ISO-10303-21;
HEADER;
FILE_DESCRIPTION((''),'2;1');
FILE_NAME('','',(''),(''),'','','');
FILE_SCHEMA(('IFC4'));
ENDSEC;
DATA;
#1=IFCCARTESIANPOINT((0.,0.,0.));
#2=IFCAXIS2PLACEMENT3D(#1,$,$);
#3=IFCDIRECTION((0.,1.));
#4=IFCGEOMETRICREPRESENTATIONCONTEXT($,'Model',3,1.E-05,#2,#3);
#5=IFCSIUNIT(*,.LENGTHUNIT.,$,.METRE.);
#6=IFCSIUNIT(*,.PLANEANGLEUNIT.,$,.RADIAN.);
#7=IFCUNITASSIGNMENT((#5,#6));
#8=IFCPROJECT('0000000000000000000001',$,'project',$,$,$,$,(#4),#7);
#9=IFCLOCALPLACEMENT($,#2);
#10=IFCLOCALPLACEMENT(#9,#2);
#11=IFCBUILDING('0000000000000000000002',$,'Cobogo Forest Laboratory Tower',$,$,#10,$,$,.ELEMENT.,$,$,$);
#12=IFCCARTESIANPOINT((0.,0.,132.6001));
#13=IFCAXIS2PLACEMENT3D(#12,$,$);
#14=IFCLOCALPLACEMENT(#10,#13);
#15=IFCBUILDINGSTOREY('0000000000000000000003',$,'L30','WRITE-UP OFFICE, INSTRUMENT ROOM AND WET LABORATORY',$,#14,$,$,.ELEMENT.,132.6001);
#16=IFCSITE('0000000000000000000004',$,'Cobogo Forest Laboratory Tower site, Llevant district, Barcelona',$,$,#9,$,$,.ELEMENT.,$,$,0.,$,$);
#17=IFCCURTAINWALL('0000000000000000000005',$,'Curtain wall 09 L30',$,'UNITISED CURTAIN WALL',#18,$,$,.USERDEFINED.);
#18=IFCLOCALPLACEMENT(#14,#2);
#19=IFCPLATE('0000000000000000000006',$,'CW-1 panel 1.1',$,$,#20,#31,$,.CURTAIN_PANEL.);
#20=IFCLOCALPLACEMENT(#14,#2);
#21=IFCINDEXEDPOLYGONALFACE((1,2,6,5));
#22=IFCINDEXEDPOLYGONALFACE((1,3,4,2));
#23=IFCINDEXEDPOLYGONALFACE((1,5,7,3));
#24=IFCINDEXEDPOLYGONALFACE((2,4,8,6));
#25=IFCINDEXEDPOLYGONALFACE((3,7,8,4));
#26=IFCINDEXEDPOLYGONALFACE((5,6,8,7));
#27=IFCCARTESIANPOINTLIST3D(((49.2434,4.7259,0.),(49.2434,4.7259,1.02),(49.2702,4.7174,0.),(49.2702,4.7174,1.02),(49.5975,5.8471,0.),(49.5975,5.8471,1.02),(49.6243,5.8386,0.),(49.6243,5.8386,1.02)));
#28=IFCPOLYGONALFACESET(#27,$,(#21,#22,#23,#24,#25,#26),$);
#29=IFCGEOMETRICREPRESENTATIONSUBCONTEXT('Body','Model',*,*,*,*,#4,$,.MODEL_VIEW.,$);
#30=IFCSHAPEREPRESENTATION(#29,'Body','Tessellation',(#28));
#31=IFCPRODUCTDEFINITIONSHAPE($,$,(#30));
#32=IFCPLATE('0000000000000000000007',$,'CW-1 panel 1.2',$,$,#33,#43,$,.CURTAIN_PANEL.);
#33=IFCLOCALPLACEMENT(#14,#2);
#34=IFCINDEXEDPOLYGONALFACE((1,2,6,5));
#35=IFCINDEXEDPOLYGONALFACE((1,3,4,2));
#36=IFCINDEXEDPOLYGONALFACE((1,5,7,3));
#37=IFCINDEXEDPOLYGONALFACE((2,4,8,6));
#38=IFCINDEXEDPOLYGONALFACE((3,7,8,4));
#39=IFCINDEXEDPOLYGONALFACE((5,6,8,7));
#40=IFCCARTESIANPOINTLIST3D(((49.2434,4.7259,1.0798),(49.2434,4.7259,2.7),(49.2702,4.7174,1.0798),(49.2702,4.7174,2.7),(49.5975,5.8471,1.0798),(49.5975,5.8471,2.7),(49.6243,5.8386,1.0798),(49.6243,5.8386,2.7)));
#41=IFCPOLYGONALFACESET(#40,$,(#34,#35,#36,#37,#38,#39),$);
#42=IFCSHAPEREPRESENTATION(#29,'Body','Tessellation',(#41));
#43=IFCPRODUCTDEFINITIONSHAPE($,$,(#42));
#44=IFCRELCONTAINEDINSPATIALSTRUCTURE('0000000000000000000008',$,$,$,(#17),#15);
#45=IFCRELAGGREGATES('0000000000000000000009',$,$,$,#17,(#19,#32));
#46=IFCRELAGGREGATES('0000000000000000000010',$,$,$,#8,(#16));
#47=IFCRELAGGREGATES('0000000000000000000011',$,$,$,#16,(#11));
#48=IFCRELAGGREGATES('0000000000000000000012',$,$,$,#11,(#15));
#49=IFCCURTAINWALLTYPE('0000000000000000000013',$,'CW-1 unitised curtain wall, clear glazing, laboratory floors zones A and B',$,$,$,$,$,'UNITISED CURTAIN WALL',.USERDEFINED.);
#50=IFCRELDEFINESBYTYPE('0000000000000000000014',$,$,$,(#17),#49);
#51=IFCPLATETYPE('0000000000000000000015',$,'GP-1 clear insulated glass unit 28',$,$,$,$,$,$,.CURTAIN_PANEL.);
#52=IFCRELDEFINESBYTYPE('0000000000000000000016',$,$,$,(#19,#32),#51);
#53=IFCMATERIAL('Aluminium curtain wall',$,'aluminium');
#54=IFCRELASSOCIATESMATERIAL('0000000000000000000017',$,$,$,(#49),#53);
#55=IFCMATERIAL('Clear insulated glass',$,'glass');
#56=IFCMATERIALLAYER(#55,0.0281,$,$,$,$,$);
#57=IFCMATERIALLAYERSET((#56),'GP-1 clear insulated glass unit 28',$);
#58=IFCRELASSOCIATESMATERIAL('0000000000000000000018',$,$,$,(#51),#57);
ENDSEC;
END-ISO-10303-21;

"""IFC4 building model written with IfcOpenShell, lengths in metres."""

from ifc_helpers import new_model, si_unit, direction, frame, origin, origin_2d, place, context, subcontext, project, spatial, rectangle, extrude, material, layer, layer_set, type_object, element, aggregate, save


model = new_model("IFC4")

# Units and contexts
model_context = context("Model", 3, precision=1e-05, world=origin(), true_north=direction((0.0, 1.0)))
body_context = subcontext(model_context, "Body", "Model", "MODEL_VIEW")
ifc_project = project(units=[si_unit("LENGTHUNIT", "METRE"), si_unit("PLANEANGLEUNIT", "RADIAN")], contexts=[model_context])

# Site, building, storey
site_placement = place(None, origin())
site = spatial("IfcSite", under=ifc_project, at=site_placement, Name="Cobogo Forest Laboratory Tower site, Llevant district, Barcelona", CompositionType="ELEMENT", RefElevation=0.0)
building_placement = place(site_placement, origin())
building = spatial("IfcBuilding", under=site, at=building_placement, Name="Cobogo Forest Laboratory Tower", CompositionType="ELEMENT")
storey_placement = place(building_placement, frame((0.0, 0.0, 132.6001)))
storey = spatial("IfcBuildingStorey", under=building, at=storey_placement, Name="L30", Description="WRITE-UP OFFICE, INSTRUMENT ROOM AND WET LABORATORY", CompositionType="ELEMENT", Elevation=132.6001)

# Curtain wall
ifc_material_1 = material(Name="Aluminium curtain wall", Category="aluminium")
curtain_wall_type = type_object("IfcCurtainWallType", Name="CW-1 unitised curtain wall, clear glazing, laboratory floors zones A and B", ElementType="UNITISED CURTAIN WALL", PredefinedType="USERDEFINED", material=ifc_material_1)
curtain_wall_1_placement = place(storey_placement, origin())
curtain_wall_1 = element("IfcCurtainWall", 1, at=curtain_wall_1_placement, inside=storey, type_object=curtain_wall_type, Name="Curtain wall 09 L30", ObjectType="UNITISED CURTAIN WALL", PredefinedType="USERDEFINED")

# Plates
ifc_material_2 = material(Name="Clear insulated glass", Category="glass")
ifc_layer = layer(ifc_material_2, 0.0281)
ifc_layer_set = layer_set([ifc_layer], Name="GP-1 clear insulated glass unit 28")
plate_type = type_object("IfcPlateType", Name="GP-1 clear insulated glass unit 28", PredefinedType="CURTAIN_PANEL", material=ifc_layer_set)
plate_1_placement = place(storey_placement, frame((49.4338, 5.2822, 0.0), z_axis=(0.0, 0.0, 1.0), x_axis=(0.301135, 0.953581, 0.0)))
plate_1 = element("IfcPlate", 2, at=plate_1_placement, type_object=plate_type, Name="CW-1 panel 1.1", PredefinedType="CURTAIN_PANEL", context=body_context, shape_type="SweptSolid", body=[
    extrude(rectangle(XDim=1.1758, YDim=0.0281, at=origin_2d()), origin(), (0.0, 0.0, 1.0), 1.02),
])
plate_2_placement = place(storey_placement, frame((49.4338, 5.2822, 1.0798), z_axis=(0.0, 0.0, 1.0), x_axis=(0.301135, 0.953581, 0.0)))
plate_2 = element("IfcPlate", 3, at=plate_2_placement, type_object=plate_type, Name="CW-1 panel 1.2", PredefinedType="CURTAIN_PANEL", context=body_context, shape_type="SweptSolid", body=[
    extrude(rectangle(XDim=1.1758, YDim=0.0281, at=origin_2d()), origin(), (0.0, 0.0, 1.0), 1.6201),
])
aggregate(curtain_wall_1, [plate_1, plate_2])

save(model, "model.ifc")
